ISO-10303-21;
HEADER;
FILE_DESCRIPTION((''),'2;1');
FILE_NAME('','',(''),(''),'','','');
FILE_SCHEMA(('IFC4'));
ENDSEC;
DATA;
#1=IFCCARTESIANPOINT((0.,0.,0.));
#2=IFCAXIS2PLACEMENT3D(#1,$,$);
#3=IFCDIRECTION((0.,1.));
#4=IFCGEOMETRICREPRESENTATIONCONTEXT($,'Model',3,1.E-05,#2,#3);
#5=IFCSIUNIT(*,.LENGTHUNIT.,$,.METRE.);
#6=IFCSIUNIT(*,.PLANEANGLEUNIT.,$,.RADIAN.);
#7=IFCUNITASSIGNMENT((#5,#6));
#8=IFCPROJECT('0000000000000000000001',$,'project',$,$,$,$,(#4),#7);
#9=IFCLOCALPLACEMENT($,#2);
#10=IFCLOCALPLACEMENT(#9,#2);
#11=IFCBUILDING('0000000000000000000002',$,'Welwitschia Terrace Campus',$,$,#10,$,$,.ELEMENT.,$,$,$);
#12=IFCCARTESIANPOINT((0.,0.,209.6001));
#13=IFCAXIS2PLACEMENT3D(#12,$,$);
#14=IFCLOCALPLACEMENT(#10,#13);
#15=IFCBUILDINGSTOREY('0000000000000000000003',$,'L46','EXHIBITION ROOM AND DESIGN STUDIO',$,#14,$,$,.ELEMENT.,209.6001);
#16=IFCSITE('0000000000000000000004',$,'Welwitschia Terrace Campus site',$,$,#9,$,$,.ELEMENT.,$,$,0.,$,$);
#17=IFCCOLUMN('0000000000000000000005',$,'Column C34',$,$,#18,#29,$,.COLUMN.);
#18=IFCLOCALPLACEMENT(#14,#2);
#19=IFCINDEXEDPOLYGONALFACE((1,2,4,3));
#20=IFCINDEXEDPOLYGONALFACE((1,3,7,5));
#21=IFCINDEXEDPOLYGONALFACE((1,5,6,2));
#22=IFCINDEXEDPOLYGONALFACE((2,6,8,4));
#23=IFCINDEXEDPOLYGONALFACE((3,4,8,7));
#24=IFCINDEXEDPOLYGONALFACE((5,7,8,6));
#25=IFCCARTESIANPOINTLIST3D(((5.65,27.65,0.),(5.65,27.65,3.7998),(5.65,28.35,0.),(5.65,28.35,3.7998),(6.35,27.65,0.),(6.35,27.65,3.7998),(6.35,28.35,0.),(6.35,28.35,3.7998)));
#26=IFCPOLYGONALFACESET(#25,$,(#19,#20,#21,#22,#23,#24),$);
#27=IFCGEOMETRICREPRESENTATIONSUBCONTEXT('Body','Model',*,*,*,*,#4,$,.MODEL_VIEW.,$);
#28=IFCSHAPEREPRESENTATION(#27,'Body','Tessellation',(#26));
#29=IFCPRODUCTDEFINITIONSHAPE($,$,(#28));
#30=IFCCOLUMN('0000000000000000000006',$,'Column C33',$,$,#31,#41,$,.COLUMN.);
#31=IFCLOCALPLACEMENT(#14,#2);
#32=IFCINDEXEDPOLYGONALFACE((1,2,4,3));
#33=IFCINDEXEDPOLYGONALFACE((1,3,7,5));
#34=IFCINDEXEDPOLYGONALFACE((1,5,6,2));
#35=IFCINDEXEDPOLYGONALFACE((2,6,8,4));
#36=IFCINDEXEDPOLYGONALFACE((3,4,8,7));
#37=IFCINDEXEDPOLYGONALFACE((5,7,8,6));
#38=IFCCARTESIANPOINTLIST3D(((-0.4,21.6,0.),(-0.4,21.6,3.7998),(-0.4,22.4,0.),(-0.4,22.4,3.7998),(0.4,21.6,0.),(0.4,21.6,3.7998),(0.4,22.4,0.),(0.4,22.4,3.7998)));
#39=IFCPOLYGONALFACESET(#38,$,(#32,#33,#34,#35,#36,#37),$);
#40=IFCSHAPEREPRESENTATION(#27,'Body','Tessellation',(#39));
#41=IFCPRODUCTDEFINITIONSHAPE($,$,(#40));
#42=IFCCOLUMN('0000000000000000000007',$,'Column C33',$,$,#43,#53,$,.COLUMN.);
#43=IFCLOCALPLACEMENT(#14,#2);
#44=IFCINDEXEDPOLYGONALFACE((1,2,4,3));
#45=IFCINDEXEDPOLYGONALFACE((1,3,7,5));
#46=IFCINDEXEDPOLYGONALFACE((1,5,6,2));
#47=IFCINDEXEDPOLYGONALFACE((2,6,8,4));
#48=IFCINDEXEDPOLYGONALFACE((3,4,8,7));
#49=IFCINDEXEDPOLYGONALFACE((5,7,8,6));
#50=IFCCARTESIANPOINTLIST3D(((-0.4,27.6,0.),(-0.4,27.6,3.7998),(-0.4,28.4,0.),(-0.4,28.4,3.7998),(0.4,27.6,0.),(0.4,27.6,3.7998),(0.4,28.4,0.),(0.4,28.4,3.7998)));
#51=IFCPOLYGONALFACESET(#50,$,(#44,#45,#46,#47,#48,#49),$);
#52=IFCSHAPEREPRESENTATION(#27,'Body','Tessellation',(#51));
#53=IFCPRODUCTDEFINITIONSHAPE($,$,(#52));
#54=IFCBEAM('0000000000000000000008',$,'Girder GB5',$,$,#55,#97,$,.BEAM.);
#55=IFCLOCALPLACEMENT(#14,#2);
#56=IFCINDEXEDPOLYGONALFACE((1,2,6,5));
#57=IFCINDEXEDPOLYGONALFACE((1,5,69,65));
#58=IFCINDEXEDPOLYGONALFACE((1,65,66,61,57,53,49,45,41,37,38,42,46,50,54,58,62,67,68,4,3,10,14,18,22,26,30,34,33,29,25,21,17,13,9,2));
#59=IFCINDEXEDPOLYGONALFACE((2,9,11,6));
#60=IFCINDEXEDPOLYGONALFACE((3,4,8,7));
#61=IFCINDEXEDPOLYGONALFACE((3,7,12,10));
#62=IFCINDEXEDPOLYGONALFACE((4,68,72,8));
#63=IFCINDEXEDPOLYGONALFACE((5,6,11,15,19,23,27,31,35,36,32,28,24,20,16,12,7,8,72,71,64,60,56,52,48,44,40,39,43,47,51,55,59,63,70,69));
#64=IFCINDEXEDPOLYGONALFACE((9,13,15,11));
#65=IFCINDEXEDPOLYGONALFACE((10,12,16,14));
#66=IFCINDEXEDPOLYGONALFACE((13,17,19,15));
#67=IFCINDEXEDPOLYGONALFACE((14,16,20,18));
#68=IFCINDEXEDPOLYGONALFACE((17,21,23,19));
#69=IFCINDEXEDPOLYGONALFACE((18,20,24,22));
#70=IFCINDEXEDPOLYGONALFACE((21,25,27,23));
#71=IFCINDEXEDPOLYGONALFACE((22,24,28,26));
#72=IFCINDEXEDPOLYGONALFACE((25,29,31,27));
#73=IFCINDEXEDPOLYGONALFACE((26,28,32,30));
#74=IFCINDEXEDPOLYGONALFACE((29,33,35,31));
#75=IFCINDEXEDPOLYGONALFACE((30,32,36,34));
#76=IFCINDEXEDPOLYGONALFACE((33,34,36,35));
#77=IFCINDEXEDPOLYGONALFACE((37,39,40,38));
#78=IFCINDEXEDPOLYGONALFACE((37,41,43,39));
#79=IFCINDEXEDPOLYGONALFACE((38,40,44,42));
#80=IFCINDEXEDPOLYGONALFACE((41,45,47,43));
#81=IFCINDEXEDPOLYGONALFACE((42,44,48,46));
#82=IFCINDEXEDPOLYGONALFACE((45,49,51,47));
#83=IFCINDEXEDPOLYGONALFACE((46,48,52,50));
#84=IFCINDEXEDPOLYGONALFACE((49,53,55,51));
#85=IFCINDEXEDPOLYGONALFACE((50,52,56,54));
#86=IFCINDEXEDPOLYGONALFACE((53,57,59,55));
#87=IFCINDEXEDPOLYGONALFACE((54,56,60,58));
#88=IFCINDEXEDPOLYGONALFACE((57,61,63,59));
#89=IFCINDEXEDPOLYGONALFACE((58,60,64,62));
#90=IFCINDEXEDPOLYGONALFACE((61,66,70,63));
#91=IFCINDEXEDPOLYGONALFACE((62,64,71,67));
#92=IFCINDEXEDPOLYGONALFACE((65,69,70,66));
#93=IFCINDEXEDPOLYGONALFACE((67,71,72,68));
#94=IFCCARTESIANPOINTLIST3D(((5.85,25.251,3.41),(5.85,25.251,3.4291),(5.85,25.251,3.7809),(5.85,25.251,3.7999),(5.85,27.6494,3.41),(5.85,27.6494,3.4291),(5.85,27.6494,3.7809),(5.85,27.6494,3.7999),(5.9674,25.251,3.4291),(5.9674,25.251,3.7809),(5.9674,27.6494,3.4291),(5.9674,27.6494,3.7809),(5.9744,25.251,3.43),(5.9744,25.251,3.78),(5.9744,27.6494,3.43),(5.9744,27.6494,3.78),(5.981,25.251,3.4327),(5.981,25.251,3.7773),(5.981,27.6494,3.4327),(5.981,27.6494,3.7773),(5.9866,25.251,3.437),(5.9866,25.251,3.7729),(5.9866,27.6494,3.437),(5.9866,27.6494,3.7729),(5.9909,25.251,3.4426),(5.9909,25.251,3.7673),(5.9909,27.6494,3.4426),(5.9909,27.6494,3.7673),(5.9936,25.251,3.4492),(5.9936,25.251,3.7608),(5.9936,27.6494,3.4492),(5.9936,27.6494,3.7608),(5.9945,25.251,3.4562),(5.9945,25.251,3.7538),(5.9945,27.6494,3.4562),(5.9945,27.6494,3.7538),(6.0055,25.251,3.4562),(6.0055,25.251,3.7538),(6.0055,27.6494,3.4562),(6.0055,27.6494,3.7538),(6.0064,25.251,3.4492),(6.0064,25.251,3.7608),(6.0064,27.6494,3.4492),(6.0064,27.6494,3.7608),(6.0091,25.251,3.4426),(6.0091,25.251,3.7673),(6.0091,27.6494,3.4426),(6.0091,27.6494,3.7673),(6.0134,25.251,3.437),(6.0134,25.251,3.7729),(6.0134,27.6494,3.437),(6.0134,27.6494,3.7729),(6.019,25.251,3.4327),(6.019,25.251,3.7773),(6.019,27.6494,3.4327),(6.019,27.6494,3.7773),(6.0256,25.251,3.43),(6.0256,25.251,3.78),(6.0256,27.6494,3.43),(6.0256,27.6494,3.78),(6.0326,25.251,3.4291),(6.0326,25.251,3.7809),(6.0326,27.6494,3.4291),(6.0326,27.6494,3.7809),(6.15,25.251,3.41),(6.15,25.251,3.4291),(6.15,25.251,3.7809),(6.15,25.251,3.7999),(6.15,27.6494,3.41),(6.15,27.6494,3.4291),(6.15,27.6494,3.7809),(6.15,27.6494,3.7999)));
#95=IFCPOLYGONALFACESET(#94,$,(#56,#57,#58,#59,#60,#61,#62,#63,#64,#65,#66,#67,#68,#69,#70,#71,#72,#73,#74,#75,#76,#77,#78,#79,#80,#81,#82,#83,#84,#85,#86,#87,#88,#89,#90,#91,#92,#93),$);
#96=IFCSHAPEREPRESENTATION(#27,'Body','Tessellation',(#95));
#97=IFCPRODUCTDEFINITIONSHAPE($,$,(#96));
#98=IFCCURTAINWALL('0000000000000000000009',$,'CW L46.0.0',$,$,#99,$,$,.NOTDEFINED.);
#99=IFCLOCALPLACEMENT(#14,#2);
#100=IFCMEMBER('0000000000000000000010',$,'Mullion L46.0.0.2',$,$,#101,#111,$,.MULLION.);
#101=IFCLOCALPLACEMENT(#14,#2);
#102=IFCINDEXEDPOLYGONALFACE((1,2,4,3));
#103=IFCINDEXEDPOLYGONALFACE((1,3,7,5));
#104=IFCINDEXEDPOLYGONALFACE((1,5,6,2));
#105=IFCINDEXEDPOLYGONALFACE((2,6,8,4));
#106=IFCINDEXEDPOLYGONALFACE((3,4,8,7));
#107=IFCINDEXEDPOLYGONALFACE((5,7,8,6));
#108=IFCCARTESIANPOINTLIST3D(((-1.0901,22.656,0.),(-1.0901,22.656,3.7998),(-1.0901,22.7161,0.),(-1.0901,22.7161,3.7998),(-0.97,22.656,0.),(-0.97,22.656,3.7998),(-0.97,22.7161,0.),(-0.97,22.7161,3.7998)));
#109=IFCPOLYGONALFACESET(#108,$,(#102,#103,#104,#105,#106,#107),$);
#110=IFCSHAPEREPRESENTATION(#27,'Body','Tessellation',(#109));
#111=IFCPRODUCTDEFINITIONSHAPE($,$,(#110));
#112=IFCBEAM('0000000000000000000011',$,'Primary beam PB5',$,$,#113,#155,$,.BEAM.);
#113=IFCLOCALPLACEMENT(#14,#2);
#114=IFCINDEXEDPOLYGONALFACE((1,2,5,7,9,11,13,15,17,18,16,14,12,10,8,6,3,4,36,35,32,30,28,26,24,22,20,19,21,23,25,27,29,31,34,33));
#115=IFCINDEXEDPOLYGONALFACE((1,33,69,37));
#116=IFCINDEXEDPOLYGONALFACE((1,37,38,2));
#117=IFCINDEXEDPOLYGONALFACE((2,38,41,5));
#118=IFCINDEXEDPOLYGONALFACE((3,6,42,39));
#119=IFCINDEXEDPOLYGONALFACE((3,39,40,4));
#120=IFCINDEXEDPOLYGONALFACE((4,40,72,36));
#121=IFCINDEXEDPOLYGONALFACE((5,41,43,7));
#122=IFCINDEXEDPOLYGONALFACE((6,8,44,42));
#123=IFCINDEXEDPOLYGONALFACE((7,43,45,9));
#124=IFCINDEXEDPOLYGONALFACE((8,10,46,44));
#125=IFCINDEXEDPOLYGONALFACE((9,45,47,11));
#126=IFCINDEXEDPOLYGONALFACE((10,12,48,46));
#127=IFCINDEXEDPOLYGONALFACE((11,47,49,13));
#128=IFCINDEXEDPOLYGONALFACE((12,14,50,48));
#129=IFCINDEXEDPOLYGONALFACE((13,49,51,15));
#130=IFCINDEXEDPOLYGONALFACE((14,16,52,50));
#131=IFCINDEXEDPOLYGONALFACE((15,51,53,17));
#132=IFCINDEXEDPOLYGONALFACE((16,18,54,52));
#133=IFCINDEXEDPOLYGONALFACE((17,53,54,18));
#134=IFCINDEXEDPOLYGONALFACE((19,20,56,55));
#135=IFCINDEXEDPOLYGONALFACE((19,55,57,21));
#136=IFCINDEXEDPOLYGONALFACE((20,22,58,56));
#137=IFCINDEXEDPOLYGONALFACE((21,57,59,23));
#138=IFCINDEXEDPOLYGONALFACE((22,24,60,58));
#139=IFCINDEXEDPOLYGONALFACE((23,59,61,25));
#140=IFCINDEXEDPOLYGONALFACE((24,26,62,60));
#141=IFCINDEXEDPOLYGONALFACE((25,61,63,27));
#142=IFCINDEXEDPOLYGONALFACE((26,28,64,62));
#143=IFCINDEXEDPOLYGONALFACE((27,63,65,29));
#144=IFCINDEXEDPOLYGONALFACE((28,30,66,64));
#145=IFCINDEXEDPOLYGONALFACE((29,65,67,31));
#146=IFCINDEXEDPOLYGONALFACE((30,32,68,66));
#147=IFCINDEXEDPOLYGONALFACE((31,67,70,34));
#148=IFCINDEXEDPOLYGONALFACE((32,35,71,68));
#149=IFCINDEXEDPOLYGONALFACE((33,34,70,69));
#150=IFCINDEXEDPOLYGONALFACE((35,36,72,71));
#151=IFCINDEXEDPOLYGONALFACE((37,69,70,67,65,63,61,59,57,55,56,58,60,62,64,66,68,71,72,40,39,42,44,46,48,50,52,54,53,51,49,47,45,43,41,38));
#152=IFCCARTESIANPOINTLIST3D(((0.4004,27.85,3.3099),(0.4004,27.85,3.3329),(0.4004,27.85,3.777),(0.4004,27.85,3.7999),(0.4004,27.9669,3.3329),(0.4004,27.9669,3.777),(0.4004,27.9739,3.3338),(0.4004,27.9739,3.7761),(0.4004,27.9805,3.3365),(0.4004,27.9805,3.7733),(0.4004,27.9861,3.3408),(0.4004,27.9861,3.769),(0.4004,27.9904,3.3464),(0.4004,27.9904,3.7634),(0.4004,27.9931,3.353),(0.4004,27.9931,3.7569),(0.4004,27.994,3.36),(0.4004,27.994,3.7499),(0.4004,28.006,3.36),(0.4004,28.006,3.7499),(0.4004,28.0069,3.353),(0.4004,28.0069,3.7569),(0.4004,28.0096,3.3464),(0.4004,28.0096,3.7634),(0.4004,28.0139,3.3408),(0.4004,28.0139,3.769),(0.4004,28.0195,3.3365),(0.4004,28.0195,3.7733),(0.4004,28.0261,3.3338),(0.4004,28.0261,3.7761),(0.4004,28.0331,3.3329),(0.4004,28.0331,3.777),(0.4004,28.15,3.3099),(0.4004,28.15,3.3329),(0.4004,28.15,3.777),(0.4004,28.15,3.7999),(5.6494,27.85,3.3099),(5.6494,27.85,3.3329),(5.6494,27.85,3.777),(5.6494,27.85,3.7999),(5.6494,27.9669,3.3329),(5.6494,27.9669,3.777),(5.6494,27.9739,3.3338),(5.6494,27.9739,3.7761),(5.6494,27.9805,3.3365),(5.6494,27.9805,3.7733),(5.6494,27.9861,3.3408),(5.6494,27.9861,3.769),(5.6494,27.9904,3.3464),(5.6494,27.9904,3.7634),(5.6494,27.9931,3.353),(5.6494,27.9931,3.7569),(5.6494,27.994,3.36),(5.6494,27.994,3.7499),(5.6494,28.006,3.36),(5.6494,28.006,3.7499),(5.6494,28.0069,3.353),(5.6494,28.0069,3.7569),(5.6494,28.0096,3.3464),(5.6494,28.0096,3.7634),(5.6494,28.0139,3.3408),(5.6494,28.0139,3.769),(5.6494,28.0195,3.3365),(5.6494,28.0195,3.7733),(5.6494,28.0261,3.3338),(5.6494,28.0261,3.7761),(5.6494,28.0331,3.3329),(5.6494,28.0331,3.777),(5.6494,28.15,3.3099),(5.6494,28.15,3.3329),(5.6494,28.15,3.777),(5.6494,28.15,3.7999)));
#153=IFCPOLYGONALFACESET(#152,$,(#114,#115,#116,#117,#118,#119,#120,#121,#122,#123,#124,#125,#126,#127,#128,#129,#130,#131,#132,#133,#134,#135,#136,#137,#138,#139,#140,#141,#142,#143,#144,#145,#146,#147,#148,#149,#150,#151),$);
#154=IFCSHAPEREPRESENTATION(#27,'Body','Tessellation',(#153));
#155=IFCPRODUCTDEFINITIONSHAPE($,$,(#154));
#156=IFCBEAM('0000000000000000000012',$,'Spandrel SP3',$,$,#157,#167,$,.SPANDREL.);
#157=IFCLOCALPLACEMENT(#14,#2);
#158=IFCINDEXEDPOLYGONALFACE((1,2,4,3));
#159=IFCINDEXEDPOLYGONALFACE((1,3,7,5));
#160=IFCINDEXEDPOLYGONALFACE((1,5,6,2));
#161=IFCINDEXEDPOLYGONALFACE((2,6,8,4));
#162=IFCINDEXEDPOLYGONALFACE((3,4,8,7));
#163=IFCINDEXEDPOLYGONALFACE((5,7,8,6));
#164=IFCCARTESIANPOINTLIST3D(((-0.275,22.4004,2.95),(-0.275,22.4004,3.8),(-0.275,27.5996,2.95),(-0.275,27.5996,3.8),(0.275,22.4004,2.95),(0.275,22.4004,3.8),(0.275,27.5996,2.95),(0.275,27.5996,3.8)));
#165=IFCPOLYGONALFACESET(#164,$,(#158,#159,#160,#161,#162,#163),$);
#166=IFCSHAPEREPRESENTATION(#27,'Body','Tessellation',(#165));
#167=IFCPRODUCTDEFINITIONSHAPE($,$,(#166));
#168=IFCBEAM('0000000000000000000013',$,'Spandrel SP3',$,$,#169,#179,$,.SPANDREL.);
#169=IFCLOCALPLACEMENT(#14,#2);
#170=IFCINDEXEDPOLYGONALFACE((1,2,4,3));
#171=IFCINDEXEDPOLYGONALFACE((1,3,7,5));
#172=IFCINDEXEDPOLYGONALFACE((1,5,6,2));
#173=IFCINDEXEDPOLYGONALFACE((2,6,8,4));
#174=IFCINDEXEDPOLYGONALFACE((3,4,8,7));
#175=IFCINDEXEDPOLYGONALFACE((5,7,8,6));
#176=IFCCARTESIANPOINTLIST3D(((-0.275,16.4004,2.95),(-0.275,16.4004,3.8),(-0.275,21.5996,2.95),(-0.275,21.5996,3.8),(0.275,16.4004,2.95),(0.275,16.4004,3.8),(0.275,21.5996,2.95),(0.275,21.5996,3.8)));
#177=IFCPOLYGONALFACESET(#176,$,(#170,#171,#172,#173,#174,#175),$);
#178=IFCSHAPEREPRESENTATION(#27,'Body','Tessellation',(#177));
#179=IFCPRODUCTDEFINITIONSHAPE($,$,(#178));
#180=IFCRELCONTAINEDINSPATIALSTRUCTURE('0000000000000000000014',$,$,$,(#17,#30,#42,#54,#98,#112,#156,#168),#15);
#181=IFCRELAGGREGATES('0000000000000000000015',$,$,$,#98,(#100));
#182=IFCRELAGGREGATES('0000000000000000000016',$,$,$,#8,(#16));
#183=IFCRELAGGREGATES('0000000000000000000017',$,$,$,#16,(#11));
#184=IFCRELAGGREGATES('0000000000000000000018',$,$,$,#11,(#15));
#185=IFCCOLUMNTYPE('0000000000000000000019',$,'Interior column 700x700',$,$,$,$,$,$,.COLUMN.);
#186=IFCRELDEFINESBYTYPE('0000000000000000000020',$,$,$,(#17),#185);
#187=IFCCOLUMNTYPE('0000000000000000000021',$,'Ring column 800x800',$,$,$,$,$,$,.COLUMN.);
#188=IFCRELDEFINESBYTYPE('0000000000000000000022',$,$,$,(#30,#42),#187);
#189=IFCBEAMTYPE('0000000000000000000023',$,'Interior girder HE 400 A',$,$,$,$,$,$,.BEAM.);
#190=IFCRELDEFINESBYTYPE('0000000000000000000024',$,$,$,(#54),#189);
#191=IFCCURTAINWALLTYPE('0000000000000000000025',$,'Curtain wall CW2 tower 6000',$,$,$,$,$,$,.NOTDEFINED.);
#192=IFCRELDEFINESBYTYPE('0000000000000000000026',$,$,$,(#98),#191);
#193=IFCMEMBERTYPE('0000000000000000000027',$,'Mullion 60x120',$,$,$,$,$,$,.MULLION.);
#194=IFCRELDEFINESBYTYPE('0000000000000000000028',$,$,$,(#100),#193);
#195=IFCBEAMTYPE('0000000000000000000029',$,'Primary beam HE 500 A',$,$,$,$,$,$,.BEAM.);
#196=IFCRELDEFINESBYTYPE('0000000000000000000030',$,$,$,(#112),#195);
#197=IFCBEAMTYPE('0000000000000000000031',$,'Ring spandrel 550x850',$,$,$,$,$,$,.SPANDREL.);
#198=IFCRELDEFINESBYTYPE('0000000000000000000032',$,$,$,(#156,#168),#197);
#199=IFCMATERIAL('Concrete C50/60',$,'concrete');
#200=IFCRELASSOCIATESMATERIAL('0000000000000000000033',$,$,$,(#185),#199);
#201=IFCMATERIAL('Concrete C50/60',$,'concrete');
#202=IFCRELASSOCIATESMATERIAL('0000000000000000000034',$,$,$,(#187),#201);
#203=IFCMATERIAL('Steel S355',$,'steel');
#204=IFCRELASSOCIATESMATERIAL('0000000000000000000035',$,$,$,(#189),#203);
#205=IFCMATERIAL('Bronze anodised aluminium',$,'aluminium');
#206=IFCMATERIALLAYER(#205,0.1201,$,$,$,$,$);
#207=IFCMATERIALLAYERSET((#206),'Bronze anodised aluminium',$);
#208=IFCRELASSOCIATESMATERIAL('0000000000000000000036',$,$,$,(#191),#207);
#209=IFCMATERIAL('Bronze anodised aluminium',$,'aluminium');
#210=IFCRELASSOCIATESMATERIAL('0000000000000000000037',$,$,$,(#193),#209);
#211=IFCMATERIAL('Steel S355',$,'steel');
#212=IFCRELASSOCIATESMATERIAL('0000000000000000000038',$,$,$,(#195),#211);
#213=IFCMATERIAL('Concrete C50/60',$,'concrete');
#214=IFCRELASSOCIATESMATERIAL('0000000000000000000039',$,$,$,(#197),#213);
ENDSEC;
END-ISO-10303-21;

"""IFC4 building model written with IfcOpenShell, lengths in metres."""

from ifc_helpers import new_model, si_unit, direction, frame, origin, origin_2d, place, context, subcontext, project, spatial, rectangle, i_section, extrude, material, layer, layer_set, material_profile, profile_set, type_object, element, aggregate, save


model = new_model("IFC4")

# Units and contexts
model_context = context("Model", 3, precision=1e-05, world=origin(), true_north=direction((0.0, 1.0)))
body_context = subcontext(model_context, "Body", "Model", "MODEL_VIEW")
ifc_project = project(units=[si_unit("LENGTHUNIT", "METRE"), si_unit("PLANEANGLEUNIT", "RADIAN")], contexts=[model_context])

# Site, building, storey
site_placement = place(None, origin())
site = spatial("IfcSite", under=ifc_project, at=site_placement, Name="Welwitschia Terrace Campus site", CompositionType="ELEMENT", RefElevation=0.0)
building_placement = place(site_placement, origin())
building = spatial("IfcBuilding", under=site, at=building_placement, Name="Welwitschia Terrace Campus", CompositionType="ELEMENT")
storey_placement = place(building_placement, frame((0.0, 0.0, 209.6001)))
storey = spatial("IfcBuildingStorey", under=building, at=storey_placement, Name="L46", Description="EXHIBITION ROOM AND DESIGN STUDIO", CompositionType="ELEMENT", Elevation=209.6001)

# Columns
ifc_material_1 = material(Name="Concrete C50/60", Category="concrete")
ifc_material_profile_1 = material_profile(ifc_material_1, rectangle(XDim=0.7, YDim=0.7, at=origin_2d()))
ifc_profile_set_1 = profile_set([ifc_material_profile_1], Name="Concrete C50/60")
column_type_1 = type_object("IfcColumnType", Name="Interior column 700x700", PredefinedType="COLUMN", material=ifc_profile_set_1)
column_placement = place(storey_placement, frame((6.0, 28.0, 0.0), z_axis=(0.0, 0.0, 1.0), x_axis=(1.0, 0.0, 0.0)))
element("IfcColumn", 1, at=column_placement, inside=storey, type_object=column_type_1, Name="Column C34", PredefinedType="COLUMN", context=body_context, shape_type="SweptSolid", body=[
    extrude(rectangle(XDim=0.7, YDim=0.7, at=origin_2d()), origin(), (0.0, 0.0, 1.0), 3.7998),
])
ifc_material_2 = material(Name="Concrete C50/60", Category="concrete")
ifc_material_profile_2 = material_profile(ifc_material_2, rectangle(XDim=0.8, YDim=0.8, at=origin_2d()))
ifc_profile_set_2 = profile_set([ifc_material_profile_2], Name="Concrete C50/60")
column_type_2 = type_object("IfcColumnType", Name="Ring column 800x800", PredefinedType="COLUMN", material=ifc_profile_set_2)
for number, where, z_axis, x_axis, name in (
    (2, (0.0, 22.0, 0.0), (0.0, 0.0, 1.0), (1.0, 0.0, 0.0), "Column C33"),
    (3, (0.0, 28.0, 0.0), (0.0, 0.0, 1.0), (1.0, 0.0, 0.0), "Column C33"),
):
    element("IfcColumn", number, at=place(storey_placement, frame(where, z_axis=z_axis, x_axis=x_axis)), inside=storey, type_object=column_type_2, Name=name, PredefinedType="COLUMN", context=body_context, shape_type="SweptSolid", body=[
        extrude(rectangle(XDim=0.8, YDim=0.8, at=origin_2d()), origin(), (0.0, 0.0, 1.0), 3.7998),
    ])

# Beam
ifc_material_3 = material(Name="Steel S355", Category="steel")
ifc_material_profile_3 = material_profile(ifc_material_3, i_section(OverallWidth=0.3, OverallDepth=0.3899, WebThickness=0.011, FlangeThickness=0.019, FilletRadius=0.0271, at=origin_2d()))
ifc_profile_set_3 = profile_set([ifc_material_profile_3], Name="Steel S355")
beam_type_1 = type_object("IfcBeamType", Name="Interior girder HE 400 A", PredefinedType="BEAM", material=ifc_profile_set_3)
beam_1_placement = place(storey_placement, frame((6.0, 25.251, 3.605), z_axis=(0.0, 1.0, 0.0), x_axis=(-1.0, 0.0, 0.0)))
element("IfcBeam", 4, at=beam_1_placement, inside=storey, type_object=beam_type_1, Name="Girder GB5", PredefinedType="BEAM", context=body_context, shape_type="SweptSolid", body=[
    extrude(i_section(OverallWidth=0.3, OverallDepth=0.3899, WebThickness=0.011, FlangeThickness=0.019, FilletRadius=0.0271, at=origin_2d()), origin(), (0.0, 0.0, 1.0), 2.3984),
])

# Curtain wall, member
ifc_material_4 = material(Name="Bronze anodised aluminium", Category="aluminium")
ifc_layer_1 = layer(ifc_material_4, 0.1201)
ifc_layer_set_1 = layer_set([ifc_layer_1], Name="Bronze anodised aluminium")
curtain_wall_type = type_object("IfcCurtainWallType", Name="Curtain wall CW2 tower 6000", PredefinedType="NOTDEFINED", material=ifc_layer_set_1)
curtain_wall_placement = place(storey_placement, origin())
curtain_wall = element("IfcCurtainWall", 5, at=curtain_wall_placement, inside=storey, type_object=curtain_wall_type, Name="CW L46.0.0", PredefinedType="NOTDEFINED")
ifc_material_5 = material(Name="Bronze anodised aluminium", Category="aluminium")
ifc_material_profile_4 = material_profile(ifc_material_5, rectangle(XDim=0.1201, YDim=0.0601, at=origin_2d()))
ifc_profile_set_4 = profile_set([ifc_material_profile_4], Name="Bronze anodised aluminium")
member_type = type_object("IfcMemberType", Name="Mullion 60x120", PredefinedType="MULLION", material=ifc_profile_set_4)
member_placement = place(storey_placement, frame((-1.03, 22.686, 0.0), z_axis=(0.0, 0.0, 1.0), x_axis=(1.0, 0.0, 0.0)))
member = element("IfcMember", 6, at=member_placement, type_object=member_type, Name="Mullion L46.0.0.2", PredefinedType="MULLION", context=body_context, shape_type="SweptSolid", body=[
    extrude(rectangle(XDim=0.1201, YDim=0.0601, at=origin_2d()), origin(), (0.0, 0.0, 1.0), 3.7998),
])

# Beams
ifc_material_6 = material(Name="Steel S355", Category="steel")
ifc_material_profile_5 = material_profile(ifc_material_6, i_section(OverallWidth=0.3, OverallDepth=0.49, WebThickness=0.012, FlangeThickness=0.0229, FilletRadius=0.0271, at=origin_2d()))
ifc_profile_set_5 = profile_set([ifc_material_profile_5], Name="Steel S355")
beam_type_2 = type_object("IfcBeamType", Name="Primary beam HE 500 A", PredefinedType="BEAM", material=ifc_profile_set_5)
beam_2_placement = place(storey_placement, frame((0.4004, 28.0, 3.5549), z_axis=(1.0, 0.0, 0.0), x_axis=(0.0, 1.0, 0.0)))
element("IfcBeam", 7, at=beam_2_placement, inside=storey, type_object=beam_type_2, Name="Primary beam PB5", PredefinedType="BEAM", context=body_context, shape_type="SweptSolid", body=[
    extrude(i_section(OverallWidth=0.3, OverallDepth=0.49, WebThickness=0.012, FlangeThickness=0.0229, FilletRadius=0.0271, at=origin_2d()), origin(), (0.0, 0.0, 1.0), 5.249),
])
ifc_material_7 = material(Name="Concrete C50/60", Category="concrete")
ifc_material_profile_6 = material_profile(ifc_material_7, rectangle(XDim=0.55, YDim=0.8501, at=origin_2d()))
ifc_profile_set_6 = profile_set([ifc_material_profile_6], Name="Concrete C50/60")
beam_type_3 = type_object("IfcBeamType", Name="Ring spandrel 550x850", PredefinedType="SPANDREL", material=ifc_profile_set_6)
for number, where, z_axis, x_axis, name in (
    (8, (0.0, 27.5996, 3.375), (0.0, -1.0, 0.0), (1.0, 0.0, 0.0), "Spandrel SP3"),
    (9, (0.0, 21.5996, 3.375), (0.0, -1.0, 0.0), (1.0, 0.0, 0.0), "Spandrel SP3"),
):
    element("IfcBeam", number, at=place(storey_placement, frame(where, z_axis=z_axis, x_axis=x_axis)), inside=storey, type_object=beam_type_3, Name=name, PredefinedType="SPANDREL", context=body_context, shape_type="SweptSolid", body=[
        extrude(rectangle(XDim=0.55, YDim=0.8501, at=origin_2d()), origin(), (0.0, 0.0, 1.0), 5.1992),
    ])

aggregate(curtain_wall, [member])

save(model, "model.ifc")
